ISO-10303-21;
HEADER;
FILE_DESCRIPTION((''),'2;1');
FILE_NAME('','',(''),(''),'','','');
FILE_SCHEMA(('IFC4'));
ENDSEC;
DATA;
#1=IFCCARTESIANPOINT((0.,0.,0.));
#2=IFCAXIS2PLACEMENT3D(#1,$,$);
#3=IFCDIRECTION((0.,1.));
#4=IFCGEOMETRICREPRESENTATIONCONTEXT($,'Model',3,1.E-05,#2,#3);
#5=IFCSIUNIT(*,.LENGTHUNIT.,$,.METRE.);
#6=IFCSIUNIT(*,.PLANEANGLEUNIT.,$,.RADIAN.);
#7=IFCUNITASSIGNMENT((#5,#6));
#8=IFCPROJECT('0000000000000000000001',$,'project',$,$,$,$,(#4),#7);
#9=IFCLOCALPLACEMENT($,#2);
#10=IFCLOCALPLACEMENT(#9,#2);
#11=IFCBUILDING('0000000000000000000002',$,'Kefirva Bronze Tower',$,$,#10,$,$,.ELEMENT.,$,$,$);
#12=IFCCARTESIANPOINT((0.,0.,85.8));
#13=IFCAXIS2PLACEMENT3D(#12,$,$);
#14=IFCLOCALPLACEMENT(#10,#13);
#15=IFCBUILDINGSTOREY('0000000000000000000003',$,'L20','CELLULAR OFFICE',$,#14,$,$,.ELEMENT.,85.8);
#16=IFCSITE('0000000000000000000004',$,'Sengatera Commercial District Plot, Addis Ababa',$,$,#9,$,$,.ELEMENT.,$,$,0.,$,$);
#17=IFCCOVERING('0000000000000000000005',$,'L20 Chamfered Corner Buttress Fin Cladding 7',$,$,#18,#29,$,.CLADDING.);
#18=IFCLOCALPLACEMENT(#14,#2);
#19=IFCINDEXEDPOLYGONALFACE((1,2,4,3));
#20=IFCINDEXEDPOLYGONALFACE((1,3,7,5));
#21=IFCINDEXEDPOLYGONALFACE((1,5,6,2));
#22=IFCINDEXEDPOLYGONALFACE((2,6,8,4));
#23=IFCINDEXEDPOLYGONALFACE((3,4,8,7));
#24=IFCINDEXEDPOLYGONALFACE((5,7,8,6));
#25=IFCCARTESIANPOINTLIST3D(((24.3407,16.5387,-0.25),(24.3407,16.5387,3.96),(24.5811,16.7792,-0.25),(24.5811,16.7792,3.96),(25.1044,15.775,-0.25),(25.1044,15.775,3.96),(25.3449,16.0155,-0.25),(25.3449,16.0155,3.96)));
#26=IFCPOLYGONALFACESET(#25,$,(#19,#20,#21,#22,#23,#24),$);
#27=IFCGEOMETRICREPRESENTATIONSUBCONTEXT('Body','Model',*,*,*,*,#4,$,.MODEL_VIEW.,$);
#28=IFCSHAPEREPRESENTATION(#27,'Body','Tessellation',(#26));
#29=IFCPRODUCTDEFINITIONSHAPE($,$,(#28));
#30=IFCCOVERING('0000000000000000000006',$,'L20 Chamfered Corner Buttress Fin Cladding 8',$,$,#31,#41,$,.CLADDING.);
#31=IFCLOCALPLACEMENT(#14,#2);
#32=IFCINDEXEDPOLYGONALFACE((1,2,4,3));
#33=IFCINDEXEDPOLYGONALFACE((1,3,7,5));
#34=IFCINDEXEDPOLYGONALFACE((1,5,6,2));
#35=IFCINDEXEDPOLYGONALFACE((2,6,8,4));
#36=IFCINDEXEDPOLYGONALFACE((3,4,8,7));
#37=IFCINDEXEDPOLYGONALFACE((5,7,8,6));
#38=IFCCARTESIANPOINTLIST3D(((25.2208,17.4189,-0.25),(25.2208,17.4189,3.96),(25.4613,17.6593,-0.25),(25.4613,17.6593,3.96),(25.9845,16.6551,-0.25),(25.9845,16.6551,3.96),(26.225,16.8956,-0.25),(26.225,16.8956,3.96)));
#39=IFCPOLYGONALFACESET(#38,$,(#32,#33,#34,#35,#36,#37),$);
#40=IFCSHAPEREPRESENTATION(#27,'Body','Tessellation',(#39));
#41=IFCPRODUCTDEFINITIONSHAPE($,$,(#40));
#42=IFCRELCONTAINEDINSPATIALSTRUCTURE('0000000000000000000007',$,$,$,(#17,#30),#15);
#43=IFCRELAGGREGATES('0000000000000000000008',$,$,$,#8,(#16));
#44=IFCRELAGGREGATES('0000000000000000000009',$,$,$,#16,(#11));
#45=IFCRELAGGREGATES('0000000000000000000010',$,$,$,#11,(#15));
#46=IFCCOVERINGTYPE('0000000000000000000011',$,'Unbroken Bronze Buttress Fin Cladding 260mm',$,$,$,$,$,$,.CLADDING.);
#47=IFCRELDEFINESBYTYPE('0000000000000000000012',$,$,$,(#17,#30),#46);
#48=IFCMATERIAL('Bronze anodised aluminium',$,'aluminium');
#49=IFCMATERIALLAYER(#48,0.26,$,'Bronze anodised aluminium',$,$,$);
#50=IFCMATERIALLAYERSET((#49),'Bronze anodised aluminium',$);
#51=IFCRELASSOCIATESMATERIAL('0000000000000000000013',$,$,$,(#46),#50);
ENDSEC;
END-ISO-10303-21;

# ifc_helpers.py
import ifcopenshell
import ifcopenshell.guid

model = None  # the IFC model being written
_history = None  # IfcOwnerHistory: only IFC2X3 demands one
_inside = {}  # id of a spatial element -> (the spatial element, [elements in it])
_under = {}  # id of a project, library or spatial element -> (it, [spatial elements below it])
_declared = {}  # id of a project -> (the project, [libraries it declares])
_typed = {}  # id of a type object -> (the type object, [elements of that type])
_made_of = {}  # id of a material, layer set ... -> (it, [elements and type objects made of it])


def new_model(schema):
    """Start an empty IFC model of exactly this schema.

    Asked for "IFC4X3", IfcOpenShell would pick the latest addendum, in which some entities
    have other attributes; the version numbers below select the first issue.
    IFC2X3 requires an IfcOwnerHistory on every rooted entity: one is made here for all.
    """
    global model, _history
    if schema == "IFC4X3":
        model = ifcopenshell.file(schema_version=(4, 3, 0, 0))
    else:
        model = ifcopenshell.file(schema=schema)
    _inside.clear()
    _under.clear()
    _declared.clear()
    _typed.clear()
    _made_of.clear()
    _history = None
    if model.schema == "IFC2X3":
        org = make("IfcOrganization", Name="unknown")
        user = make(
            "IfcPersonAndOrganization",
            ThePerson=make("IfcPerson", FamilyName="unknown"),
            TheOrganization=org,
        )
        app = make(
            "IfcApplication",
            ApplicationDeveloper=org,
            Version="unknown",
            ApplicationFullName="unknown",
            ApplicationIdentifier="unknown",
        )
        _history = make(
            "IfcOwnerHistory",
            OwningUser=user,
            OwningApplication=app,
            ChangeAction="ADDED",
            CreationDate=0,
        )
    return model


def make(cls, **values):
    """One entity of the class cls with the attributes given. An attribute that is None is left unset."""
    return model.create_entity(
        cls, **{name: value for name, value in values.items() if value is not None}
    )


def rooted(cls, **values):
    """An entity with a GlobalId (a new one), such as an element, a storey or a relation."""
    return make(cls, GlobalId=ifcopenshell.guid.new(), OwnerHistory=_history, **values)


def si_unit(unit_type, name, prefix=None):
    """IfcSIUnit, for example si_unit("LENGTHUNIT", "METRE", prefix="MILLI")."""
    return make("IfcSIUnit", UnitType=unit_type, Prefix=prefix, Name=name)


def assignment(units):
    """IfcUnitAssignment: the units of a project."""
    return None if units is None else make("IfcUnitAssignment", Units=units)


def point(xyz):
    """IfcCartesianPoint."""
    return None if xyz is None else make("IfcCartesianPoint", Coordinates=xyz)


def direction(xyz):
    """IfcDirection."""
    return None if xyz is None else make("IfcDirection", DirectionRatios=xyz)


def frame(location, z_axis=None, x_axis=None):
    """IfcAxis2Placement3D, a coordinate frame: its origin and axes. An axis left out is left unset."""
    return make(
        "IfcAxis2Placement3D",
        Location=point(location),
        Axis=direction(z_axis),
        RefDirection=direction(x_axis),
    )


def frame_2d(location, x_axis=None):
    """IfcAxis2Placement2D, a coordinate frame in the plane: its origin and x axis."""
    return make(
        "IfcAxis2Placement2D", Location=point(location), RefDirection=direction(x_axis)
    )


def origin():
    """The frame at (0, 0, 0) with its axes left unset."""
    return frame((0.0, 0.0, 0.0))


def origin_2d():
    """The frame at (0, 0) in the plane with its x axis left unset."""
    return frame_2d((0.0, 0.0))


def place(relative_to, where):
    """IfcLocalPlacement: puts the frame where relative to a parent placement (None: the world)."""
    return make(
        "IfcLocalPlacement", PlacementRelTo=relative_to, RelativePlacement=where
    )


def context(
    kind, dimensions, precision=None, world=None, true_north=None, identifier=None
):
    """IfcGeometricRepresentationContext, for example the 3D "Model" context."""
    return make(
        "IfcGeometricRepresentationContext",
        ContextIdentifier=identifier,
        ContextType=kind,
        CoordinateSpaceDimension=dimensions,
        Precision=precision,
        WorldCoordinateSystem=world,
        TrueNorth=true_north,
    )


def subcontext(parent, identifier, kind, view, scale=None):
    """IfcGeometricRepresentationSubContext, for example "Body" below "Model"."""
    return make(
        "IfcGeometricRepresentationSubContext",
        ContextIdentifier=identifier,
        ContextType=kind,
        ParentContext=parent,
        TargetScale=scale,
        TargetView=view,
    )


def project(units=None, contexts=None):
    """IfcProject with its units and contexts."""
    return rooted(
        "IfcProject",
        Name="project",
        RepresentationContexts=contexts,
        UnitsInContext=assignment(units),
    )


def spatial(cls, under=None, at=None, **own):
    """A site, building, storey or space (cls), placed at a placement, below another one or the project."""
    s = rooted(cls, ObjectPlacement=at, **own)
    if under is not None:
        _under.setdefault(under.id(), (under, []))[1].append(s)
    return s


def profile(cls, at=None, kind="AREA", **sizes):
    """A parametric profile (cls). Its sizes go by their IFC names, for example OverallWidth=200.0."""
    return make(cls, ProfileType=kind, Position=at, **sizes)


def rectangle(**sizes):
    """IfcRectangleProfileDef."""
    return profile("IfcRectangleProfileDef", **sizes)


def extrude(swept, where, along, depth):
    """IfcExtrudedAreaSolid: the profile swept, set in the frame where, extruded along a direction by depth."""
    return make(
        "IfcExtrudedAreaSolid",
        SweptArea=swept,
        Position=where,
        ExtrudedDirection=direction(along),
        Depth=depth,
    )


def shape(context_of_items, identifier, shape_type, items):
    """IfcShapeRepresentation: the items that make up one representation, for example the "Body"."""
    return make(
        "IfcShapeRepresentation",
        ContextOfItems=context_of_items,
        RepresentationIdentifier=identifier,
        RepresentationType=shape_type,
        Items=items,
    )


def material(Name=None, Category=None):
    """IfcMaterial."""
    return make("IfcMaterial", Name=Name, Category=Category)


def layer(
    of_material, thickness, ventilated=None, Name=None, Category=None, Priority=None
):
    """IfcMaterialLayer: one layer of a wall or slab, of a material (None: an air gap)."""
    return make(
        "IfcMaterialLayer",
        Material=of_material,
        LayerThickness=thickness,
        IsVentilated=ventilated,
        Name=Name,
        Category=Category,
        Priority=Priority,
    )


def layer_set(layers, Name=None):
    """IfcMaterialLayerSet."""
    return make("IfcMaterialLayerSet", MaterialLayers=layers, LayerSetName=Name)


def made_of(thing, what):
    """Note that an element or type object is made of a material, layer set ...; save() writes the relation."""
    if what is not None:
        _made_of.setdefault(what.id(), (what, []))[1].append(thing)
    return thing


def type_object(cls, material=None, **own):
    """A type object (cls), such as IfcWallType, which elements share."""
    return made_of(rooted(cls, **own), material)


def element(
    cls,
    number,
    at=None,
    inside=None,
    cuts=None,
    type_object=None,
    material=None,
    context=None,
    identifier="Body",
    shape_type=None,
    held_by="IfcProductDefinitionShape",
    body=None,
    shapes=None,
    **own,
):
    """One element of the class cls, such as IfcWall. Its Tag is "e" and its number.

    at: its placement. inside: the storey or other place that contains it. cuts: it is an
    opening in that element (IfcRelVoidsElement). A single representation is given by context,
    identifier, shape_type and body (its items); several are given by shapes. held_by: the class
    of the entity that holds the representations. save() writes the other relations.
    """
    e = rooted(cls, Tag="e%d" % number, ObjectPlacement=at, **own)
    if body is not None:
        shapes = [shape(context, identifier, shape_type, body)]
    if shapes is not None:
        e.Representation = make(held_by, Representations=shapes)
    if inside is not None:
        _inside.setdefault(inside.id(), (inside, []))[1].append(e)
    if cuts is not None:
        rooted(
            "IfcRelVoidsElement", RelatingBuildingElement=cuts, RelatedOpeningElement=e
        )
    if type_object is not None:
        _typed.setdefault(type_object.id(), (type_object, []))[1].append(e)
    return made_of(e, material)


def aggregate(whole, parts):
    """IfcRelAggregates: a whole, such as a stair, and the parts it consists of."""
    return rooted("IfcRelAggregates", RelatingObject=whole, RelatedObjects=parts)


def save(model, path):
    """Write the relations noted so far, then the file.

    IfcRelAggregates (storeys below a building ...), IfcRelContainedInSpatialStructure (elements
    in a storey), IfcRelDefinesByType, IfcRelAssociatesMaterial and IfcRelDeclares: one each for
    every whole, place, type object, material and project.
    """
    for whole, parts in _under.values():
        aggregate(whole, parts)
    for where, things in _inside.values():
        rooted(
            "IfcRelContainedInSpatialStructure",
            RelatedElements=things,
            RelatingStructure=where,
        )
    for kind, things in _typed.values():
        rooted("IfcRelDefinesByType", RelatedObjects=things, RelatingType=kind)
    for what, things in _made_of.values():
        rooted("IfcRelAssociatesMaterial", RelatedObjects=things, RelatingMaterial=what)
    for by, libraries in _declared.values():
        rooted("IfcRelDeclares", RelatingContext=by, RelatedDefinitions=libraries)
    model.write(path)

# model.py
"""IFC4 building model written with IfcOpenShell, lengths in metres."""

from ifc_helpers import new_model, si_unit, direction, frame, origin, origin_2d, place, context, subcontext, project, spatial, rectangle, extrude, material, layer, layer_set, type_object, element, save


model = new_model("IFC4")

# Units and contexts
model_context = context("Model", 3, precision=1e-05, world=origin(), true_north=direction((0.0, 1.0)))
body_context = subcontext(model_context, "Body", "Model", "MODEL_VIEW")
ifc_project = project(units=[si_unit("LENGTHUNIT", "METRE"), si_unit("PLANEANGLEUNIT", "RADIAN")], contexts=[model_context])

# Site, building, storey
site_placement = place(None, origin())
site = spatial("IfcSite", under=ifc_project, at=site_placement, Name="Sengatera Commercial District Plot, Addis Ababa", CompositionType="ELEMENT", RefElevation=0.0)
building_placement = place(site_placement, origin())
building = spatial("IfcBuilding", under=site, at=building_placement, Name="Kefirva Bronze Tower", CompositionType="ELEMENT")
storey_placement = place(building_placement, frame((0.0, 0.0, 85.8)))
storey = spatial("IfcBuildingStorey", under=building, at=storey_placement, Name="L20", Description="CELLULAR OFFICE", CompositionType="ELEMENT", Elevation=85.8)

# Shared definitions
ifc_material_1 = material(Name="Bronze anodised aluminium", Category="aluminium")

# Coverings
ifc_layer_1 = layer(ifc_material_1, 0.26, Name="Bronze anodised aluminium")
ifc_layer_set_1 = layer_set([ifc_layer_1], Name="Bronze anodised aluminium")
covering_type_1 = type_object("IfcCoveringType", Name="Unbroken Bronze Buttress Fin Cladding 260mm", PredefinedType="CLADDING", material=ifc_layer_set_1)
for number, where, z_axis, x_axis, name in (
    (1, (24.8428, 16.2771, -0.25), (0.0, 0.0, 1.0), (0.707107, 0.707107, 0.0), "L20 Chamfered Corner Buttress Fin Cladding 7"),
    (2, (25.7229, 17.1572, -0.25), (0.0, 0.0, 1.0), (0.707107, 0.707107, 0.0), "L20 Chamfered Corner Buttress Fin Cladding 8"),
):
    element("IfcCovering", number, at=place(storey_placement, frame(where, z_axis=z_axis, x_axis=x_axis)), inside=storey, type_object=covering_type_1, Name=name, PredefinedType="CLADDING", context=body_context, shape_type="SweptSolid", body=[
        extrude(rectangle(XDim=0.3401, YDim=1.0801, at=origin_2d()), origin(), (0.0, 0.0, 1.0), 4.21),
    ])

save(model, "model.ifc")
